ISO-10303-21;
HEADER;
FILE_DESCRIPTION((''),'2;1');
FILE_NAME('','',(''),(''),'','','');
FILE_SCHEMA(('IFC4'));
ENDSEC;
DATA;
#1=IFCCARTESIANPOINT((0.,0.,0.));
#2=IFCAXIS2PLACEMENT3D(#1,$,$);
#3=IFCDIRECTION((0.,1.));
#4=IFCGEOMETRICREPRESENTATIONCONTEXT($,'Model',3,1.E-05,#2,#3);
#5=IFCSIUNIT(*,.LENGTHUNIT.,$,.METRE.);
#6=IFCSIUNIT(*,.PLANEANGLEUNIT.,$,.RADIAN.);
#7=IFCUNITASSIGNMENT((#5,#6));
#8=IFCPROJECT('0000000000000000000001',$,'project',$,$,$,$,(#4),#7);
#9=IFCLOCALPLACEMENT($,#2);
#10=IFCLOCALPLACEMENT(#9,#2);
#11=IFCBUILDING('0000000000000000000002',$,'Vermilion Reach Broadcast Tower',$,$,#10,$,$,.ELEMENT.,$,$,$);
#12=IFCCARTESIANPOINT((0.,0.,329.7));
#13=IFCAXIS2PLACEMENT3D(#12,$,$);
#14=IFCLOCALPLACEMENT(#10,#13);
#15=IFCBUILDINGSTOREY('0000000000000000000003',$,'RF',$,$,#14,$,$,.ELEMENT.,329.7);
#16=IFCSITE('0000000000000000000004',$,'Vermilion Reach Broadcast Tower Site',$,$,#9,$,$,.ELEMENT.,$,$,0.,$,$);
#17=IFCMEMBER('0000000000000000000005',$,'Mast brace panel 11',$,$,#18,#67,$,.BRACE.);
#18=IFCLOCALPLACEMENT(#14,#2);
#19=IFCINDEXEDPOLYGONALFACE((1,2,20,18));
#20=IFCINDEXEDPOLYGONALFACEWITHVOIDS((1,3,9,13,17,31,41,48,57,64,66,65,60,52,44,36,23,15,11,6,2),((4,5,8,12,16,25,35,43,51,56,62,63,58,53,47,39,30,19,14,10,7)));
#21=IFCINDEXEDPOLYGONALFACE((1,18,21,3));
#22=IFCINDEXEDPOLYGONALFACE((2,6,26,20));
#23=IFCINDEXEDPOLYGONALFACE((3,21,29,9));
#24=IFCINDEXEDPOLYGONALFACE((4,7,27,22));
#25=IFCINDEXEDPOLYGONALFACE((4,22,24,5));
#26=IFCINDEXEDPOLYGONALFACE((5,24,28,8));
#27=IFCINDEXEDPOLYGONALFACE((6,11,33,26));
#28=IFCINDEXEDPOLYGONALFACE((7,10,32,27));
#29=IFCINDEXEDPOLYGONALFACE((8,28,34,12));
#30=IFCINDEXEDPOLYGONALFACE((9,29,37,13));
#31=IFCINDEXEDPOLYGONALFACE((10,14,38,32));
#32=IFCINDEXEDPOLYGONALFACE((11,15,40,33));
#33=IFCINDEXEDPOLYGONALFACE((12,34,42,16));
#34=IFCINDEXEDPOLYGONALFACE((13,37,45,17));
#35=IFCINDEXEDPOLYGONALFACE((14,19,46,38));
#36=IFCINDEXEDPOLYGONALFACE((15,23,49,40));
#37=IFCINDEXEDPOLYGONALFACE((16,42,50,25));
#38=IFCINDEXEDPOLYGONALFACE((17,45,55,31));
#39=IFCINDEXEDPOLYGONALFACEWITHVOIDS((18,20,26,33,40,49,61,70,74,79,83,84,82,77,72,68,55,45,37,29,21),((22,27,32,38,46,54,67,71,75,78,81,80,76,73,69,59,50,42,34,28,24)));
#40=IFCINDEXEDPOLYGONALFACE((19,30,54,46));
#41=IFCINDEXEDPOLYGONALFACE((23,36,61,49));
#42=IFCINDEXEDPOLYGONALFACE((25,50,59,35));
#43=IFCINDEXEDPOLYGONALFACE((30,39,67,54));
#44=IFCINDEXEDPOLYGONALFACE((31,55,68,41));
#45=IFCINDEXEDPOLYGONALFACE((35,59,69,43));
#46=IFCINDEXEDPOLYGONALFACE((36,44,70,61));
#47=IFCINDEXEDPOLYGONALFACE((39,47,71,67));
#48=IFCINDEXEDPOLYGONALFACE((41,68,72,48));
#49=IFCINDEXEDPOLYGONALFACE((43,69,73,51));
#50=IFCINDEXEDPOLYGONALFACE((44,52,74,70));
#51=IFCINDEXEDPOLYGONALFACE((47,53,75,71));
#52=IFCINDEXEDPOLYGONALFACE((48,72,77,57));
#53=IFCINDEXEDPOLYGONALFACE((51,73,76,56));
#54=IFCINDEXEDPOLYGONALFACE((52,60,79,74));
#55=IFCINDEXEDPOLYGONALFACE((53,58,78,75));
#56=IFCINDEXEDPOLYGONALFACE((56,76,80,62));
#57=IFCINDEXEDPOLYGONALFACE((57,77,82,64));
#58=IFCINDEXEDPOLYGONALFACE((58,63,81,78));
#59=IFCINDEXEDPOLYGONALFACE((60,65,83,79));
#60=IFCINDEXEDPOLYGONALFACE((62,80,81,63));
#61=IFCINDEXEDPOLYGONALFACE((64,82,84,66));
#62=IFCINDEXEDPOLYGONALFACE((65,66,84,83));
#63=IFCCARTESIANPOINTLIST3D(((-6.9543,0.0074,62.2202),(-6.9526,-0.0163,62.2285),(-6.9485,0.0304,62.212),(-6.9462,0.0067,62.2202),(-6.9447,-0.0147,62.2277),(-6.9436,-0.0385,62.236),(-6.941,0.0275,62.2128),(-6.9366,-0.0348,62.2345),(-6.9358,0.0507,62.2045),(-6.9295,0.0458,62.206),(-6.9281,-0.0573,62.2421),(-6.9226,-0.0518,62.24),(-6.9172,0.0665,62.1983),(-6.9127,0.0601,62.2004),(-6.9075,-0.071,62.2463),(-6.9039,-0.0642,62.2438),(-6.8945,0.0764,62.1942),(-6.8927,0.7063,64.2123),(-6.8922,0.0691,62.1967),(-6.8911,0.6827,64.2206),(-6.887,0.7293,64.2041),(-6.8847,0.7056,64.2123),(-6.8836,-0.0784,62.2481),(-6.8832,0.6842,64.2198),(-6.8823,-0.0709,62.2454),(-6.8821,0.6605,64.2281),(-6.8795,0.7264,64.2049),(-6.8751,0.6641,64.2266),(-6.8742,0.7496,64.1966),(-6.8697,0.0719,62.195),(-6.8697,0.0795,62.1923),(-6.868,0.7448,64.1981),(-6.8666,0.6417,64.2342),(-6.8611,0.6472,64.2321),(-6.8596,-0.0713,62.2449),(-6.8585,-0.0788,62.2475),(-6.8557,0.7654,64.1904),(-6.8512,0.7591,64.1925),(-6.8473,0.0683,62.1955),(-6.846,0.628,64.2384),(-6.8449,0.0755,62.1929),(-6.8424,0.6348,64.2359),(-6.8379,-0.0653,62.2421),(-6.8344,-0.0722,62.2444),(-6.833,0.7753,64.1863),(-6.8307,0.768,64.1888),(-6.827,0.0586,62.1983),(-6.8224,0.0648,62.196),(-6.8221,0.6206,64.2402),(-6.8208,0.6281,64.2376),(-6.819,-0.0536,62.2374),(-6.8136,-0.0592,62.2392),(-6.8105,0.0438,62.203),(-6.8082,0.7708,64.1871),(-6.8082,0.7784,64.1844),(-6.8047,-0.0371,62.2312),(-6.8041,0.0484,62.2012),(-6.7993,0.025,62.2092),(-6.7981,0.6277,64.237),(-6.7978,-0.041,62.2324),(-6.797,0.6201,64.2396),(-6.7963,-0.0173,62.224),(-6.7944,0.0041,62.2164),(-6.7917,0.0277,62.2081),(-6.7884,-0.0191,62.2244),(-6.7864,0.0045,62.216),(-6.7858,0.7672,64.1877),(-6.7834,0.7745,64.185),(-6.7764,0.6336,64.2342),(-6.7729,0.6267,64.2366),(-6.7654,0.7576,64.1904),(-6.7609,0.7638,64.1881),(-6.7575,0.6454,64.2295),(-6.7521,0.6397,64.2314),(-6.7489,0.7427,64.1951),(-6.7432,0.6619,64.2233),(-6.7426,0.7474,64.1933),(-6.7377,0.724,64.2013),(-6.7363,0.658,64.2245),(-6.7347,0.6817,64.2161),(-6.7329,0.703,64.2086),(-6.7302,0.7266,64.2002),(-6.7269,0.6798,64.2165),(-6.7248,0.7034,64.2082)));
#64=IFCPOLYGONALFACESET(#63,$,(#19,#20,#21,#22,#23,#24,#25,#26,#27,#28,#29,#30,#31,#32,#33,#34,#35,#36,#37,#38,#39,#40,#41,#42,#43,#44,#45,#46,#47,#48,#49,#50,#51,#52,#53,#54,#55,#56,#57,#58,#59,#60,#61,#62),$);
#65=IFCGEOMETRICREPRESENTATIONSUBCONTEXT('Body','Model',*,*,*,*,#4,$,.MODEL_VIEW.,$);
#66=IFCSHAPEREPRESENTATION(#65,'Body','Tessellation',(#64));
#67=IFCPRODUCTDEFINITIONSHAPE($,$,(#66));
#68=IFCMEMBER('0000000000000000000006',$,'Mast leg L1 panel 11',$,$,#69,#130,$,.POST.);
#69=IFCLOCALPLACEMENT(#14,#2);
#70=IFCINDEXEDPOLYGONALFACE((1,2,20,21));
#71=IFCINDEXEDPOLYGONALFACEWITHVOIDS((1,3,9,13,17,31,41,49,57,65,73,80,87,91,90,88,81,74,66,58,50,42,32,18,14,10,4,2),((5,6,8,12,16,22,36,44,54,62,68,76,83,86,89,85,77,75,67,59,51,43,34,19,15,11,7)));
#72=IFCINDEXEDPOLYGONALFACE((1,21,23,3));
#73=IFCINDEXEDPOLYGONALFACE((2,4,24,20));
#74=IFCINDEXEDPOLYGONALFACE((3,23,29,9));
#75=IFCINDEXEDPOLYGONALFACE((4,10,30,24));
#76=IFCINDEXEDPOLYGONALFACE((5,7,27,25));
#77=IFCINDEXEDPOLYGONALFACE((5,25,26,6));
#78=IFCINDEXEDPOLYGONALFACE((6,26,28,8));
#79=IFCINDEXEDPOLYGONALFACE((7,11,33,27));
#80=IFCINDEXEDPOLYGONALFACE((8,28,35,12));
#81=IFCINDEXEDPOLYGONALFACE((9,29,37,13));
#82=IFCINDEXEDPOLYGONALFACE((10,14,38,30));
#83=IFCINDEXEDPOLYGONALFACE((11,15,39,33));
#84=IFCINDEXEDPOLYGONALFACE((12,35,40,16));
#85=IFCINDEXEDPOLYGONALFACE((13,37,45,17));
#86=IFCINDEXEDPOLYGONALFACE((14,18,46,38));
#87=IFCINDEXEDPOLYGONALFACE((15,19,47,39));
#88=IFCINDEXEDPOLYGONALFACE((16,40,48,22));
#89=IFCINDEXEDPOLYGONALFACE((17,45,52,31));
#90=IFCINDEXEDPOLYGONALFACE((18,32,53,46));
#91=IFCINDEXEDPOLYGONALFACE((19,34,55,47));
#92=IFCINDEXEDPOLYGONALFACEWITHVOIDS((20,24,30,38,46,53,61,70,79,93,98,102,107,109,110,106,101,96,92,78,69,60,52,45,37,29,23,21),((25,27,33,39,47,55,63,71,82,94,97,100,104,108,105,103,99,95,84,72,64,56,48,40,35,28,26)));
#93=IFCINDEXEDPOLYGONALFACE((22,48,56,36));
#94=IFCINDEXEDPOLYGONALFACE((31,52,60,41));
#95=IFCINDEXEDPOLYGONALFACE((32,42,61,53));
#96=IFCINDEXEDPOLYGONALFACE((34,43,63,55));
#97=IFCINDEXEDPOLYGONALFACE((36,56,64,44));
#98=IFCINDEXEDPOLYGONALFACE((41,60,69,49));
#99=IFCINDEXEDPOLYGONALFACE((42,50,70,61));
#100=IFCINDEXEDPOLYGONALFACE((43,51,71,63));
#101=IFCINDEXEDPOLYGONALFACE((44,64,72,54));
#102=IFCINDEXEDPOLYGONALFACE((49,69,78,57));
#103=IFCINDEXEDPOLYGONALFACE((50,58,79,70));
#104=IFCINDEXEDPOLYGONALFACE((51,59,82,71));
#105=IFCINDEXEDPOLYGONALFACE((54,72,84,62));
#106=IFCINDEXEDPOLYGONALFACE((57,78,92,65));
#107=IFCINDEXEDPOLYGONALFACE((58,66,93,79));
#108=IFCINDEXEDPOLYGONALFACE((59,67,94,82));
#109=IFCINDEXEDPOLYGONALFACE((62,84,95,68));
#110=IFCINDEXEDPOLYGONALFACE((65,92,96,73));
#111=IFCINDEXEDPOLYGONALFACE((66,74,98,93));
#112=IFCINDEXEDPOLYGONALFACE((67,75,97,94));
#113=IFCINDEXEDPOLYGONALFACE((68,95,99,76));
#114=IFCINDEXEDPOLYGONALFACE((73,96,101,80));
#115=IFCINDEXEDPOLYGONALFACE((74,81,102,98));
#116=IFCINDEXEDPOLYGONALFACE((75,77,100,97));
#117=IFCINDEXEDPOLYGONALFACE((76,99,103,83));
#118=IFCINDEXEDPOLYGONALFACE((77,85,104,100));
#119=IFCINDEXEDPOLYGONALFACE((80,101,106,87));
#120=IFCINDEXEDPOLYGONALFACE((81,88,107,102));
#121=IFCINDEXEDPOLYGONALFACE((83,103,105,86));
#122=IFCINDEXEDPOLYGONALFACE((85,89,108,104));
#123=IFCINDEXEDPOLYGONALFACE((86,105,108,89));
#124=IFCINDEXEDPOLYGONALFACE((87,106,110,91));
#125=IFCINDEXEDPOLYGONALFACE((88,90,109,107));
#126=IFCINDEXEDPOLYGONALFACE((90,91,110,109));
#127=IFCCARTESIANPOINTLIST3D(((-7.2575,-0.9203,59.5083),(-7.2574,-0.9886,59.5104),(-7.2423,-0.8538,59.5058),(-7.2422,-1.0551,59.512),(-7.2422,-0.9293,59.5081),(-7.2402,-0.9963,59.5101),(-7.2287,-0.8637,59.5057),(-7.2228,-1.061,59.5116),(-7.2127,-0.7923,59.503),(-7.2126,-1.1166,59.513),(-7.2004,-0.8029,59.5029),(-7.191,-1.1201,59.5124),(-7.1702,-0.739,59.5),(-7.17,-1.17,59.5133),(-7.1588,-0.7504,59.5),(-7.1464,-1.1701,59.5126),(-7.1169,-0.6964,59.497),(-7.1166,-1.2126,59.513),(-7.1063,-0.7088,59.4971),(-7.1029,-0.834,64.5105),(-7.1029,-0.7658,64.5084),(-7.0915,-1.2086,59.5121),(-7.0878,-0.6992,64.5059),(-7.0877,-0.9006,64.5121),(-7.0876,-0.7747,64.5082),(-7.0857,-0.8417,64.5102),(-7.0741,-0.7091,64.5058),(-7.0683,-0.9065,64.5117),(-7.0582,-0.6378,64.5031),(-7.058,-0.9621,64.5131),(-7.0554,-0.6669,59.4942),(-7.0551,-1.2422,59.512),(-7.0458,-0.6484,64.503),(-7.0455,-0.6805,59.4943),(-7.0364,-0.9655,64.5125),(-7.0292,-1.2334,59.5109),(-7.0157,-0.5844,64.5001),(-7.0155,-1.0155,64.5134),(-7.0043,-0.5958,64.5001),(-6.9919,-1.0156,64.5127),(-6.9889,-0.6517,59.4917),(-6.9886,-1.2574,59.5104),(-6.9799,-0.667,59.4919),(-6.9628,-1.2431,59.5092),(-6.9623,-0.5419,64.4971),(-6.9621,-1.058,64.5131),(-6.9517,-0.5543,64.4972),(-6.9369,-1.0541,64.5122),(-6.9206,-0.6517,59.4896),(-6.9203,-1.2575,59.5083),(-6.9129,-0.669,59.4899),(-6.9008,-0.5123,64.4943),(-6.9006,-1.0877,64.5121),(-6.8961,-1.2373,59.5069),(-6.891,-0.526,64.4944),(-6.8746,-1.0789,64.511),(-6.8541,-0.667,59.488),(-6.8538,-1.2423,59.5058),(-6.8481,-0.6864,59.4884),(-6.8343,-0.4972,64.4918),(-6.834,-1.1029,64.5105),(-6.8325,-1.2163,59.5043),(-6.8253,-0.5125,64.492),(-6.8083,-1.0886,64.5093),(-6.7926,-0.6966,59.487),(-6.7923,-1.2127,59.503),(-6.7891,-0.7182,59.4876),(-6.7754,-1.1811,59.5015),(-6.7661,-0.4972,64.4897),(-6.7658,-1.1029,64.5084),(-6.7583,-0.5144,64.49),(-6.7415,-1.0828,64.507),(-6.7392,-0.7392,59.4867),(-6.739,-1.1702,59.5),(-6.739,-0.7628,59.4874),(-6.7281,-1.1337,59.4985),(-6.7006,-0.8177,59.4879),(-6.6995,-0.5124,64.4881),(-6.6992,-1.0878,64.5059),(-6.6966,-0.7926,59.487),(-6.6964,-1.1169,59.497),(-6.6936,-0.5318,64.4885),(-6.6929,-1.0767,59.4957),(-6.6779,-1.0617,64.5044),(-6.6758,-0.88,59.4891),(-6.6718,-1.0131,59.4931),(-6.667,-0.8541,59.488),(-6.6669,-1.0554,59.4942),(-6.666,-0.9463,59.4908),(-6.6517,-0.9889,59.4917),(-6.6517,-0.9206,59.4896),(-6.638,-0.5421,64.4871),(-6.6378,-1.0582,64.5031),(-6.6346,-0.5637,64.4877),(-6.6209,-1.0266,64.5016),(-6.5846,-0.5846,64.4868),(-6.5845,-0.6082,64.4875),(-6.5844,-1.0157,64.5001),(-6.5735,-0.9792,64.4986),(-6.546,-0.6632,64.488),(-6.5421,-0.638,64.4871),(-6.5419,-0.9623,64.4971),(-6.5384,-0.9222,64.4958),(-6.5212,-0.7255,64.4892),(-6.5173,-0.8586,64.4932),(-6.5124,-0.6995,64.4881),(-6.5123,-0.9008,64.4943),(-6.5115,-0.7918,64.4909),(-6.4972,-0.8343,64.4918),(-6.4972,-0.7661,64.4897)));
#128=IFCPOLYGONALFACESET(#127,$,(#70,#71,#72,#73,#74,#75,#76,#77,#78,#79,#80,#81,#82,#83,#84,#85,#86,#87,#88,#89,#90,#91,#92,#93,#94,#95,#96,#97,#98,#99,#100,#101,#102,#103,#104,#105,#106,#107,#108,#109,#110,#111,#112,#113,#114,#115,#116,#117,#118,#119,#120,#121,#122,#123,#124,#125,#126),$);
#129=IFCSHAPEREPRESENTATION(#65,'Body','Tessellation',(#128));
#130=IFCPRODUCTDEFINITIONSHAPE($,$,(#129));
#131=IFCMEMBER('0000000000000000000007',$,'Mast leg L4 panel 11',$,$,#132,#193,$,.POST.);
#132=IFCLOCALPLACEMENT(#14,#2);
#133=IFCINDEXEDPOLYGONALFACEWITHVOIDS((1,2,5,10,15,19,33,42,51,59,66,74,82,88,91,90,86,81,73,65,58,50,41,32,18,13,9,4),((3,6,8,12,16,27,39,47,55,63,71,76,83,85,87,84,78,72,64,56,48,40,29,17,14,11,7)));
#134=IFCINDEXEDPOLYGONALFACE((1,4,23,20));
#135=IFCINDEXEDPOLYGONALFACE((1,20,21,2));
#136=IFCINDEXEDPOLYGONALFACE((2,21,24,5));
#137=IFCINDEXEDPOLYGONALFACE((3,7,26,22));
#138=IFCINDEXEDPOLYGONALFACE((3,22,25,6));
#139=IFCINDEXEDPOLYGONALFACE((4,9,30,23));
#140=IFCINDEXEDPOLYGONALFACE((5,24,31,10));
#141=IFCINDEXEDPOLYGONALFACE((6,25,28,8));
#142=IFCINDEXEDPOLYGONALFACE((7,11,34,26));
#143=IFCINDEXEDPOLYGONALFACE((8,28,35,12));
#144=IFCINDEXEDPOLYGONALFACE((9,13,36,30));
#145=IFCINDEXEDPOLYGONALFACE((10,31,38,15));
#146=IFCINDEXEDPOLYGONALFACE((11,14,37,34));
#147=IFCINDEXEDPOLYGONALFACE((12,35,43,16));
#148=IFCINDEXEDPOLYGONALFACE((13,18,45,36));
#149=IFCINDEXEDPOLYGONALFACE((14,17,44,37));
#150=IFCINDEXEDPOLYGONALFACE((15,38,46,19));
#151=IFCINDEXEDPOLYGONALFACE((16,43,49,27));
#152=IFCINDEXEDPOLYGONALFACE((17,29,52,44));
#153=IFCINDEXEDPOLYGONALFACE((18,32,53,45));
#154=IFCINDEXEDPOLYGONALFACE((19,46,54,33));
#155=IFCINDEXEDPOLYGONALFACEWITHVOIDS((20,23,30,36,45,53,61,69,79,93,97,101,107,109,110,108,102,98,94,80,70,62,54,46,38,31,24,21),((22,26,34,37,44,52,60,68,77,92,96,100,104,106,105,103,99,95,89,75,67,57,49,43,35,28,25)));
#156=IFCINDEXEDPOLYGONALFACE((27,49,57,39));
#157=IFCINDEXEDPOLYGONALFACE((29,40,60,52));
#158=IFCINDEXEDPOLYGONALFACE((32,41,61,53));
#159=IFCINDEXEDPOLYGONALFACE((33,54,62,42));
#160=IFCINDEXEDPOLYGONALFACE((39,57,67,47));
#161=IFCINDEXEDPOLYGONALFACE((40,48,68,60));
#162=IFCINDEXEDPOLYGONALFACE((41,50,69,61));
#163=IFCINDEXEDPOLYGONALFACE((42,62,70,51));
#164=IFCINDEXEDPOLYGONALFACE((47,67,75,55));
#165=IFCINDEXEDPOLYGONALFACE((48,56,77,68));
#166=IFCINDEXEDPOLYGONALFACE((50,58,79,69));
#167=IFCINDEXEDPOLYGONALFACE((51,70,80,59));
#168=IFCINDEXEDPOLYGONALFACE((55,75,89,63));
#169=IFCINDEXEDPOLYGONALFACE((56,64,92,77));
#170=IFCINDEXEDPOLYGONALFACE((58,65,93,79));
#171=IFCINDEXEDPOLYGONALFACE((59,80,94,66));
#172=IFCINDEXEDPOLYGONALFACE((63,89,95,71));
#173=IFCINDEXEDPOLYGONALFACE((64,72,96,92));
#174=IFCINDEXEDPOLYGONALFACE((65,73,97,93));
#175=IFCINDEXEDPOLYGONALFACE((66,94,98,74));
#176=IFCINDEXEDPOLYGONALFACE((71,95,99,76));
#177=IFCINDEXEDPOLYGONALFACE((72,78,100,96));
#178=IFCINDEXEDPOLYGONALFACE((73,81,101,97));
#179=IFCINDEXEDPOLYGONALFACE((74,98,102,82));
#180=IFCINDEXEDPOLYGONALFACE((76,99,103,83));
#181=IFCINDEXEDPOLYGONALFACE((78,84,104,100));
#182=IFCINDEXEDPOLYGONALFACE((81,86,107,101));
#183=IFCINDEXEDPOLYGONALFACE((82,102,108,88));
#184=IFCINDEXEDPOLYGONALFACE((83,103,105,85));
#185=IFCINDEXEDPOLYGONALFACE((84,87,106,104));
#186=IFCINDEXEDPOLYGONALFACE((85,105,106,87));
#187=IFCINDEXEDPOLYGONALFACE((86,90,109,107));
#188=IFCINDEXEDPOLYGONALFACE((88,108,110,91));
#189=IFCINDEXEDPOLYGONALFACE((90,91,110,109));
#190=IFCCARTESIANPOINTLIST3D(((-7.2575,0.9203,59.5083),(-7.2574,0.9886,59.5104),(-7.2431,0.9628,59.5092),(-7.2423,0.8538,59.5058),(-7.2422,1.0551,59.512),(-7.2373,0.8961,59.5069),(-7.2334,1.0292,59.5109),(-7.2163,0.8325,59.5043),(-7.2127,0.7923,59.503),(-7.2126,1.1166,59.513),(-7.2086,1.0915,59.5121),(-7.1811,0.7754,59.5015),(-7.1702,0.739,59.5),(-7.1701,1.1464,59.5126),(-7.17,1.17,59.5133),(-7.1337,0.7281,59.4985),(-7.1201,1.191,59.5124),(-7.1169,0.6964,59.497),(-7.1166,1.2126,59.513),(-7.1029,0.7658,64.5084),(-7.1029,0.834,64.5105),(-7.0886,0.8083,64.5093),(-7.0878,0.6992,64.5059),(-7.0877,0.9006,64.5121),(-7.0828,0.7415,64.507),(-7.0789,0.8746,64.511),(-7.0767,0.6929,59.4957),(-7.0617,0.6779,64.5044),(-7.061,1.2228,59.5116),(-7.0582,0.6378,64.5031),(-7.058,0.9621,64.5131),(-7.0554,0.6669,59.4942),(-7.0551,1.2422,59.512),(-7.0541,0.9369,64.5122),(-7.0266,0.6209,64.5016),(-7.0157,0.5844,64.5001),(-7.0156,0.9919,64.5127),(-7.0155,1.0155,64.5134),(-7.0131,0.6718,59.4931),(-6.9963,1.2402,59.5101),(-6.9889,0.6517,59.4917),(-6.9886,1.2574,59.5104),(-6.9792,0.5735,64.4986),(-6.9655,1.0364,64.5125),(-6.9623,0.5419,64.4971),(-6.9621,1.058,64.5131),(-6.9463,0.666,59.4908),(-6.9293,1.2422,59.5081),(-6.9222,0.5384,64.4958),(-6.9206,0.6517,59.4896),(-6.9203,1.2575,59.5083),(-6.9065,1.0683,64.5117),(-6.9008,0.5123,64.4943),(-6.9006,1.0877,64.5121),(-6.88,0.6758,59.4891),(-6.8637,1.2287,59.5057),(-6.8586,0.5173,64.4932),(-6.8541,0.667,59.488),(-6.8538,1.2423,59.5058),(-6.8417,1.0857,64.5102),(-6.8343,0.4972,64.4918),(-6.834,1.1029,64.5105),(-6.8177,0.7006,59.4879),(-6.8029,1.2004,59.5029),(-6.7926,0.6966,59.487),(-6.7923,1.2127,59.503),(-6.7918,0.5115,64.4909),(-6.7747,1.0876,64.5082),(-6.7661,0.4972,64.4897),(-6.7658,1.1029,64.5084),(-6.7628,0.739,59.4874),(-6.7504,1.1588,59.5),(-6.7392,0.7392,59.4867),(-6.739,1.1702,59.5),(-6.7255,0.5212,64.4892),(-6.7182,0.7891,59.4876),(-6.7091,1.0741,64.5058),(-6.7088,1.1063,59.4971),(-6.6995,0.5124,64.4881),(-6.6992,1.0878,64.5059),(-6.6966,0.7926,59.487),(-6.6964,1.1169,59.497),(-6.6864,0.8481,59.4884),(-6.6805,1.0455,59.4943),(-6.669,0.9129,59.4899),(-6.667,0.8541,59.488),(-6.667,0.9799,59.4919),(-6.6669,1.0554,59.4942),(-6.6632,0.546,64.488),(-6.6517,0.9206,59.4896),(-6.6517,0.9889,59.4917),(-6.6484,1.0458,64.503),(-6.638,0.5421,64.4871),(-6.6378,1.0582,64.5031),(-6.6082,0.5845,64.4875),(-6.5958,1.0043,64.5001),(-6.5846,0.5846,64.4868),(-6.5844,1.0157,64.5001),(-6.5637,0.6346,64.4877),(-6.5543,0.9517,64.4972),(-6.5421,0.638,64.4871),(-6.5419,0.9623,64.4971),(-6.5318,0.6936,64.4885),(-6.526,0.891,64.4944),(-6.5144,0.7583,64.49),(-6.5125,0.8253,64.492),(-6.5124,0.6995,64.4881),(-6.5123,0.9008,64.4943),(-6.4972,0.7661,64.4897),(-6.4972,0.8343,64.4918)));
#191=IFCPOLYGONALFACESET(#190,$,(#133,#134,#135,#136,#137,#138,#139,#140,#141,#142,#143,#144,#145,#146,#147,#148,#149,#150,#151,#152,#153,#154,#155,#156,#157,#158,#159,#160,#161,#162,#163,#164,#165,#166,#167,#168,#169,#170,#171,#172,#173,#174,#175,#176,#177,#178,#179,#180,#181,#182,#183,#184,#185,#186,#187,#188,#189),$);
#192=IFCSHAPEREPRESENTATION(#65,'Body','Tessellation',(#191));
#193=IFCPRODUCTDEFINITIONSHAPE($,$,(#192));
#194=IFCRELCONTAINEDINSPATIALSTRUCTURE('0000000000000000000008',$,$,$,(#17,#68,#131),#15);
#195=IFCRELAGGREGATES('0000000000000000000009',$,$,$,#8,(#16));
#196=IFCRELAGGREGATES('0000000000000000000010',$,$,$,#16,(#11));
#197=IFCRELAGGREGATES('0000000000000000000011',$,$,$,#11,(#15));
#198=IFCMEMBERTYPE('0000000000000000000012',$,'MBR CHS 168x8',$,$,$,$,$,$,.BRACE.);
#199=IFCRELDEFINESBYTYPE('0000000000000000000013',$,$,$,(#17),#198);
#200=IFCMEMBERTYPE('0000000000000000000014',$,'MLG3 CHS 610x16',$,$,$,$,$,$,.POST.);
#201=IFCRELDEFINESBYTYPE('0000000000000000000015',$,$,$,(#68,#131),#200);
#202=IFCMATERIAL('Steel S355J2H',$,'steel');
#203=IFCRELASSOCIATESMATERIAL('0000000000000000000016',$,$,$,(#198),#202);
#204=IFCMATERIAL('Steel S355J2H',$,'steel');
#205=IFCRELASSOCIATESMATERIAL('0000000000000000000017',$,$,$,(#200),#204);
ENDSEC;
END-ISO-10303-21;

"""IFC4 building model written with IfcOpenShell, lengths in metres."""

from ifc_helpers import new_model, si_unit, direction, frame, origin, origin_2d, place, context, subcontext, project, spatial, hollow_circle, extrude, material, material_profile, profile_set, type_object, element, save


model = new_model("IFC4")

# Units and contexts
model_context = context("Model", 3, precision=1e-05, world=origin(), true_north=direction((0.0, 1.0)))
body_context = subcontext(model_context, "Body", "Model", "MODEL_VIEW")
ifc_project = project(units=[si_unit("LENGTHUNIT", "METRE"), si_unit("PLANEANGLEUNIT", "RADIAN")], contexts=[model_context])

# Site, building, storey
site_placement = place(None, origin())
site = spatial("IfcSite", under=ifc_project, at=site_placement, Name="Vermilion Reach Broadcast Tower Site", CompositionType="ELEMENT", RefElevation=0.0)
building_placement = place(site_placement, origin())
building = spatial("IfcBuilding", under=site, at=building_placement, Name="Vermilion Reach Broadcast Tower", CompositionType="ELEMENT")
storey_placement = place(building_placement, frame((0.0, 0.0, 329.7)))
storey = spatial("IfcBuildingStorey", under=building, at=storey_placement, Name="RF", CompositionType="ELEMENT", Elevation=329.7)

# Members
ifc_material_1 = material(Name="Steel S355J2H", Category="steel")
ifc_material_profile_1 = material_profile(ifc_material_1, hollow_circle(Radius=0.0842, WallThickness=0.0081, at=origin_2d()), Name="S355J2H CHS 168x8")
ifc_profile_set_1 = profile_set([ifc_material_profile_1], Name="Steel S355J2H")
member_type_1 = type_object("IfcMemberType", Name="MBR CHS 168x8", PredefinedType="BRACE", material=ifc_profile_set_1)
member_1_placement = place(storey_placement, frame((-6.8704, 0.0, 62.2202), z_axis=(0.029128, 0.330931, 0.943205), x_axis=(-0.996149, 0.087681, 0.0)))
element("IfcMember", 1, at=member_1_placement, inside=storey, type_object=member_type_1, Name="Mast brace panel 11", PredefinedType="BRACE", context=body_context, shape_type="SweptSolid", body=[
    extrude(hollow_circle(Radius=0.0842, WallThickness=0.0081, at=origin_2d()), origin(), (0.0, 0.0, 1.0), 2.1121),
])
ifc_material_2 = material(Name="Steel S355J2H", Category="steel")
ifc_material_profile_2 = material_profile(ifc_material_2, hollow_circle(Radius=0.3049, WallThickness=0.0161, at=origin_2d()), Name="S355J2H CHS 610x16")
ifc_profile_set_2 = profile_set([ifc_material_profile_2], Name="Steel S355J2H")
member_type_2 = type_object("IfcMemberType", Name="MLG3 CHS 610x16", PredefinedType="POST", material=ifc_profile_set_2)
for number, where, z_axis, x_axis, name in (
    (2, (-6.9546, -0.9546, 59.5), (0.030879, 0.030879, 0.999046), (-0.707107, 0.707107, 0.0), "Mast leg L1 panel 11"),
    (3, (-6.9546, 0.9546, 59.5), (0.030879, -0.030879, 0.999046), (0.707107, 0.707107, 0.0), "Mast leg L4 panel 11"),
):
    element("IfcMember", number, at=place(storey_placement, frame(where, z_axis=z_axis, x_axis=x_axis)), inside=storey, type_object=member_type_2, Name=name, PredefinedType="POST", context=body_context, shape_type="SweptSolid", body=[
        extrude(hollow_circle(Radius=0.3049, WallThickness=0.0161, at=origin_2d()), origin(), (0.0, 0.0, 1.0), 5.0049),
    ])

save(model, "model.ifc")
